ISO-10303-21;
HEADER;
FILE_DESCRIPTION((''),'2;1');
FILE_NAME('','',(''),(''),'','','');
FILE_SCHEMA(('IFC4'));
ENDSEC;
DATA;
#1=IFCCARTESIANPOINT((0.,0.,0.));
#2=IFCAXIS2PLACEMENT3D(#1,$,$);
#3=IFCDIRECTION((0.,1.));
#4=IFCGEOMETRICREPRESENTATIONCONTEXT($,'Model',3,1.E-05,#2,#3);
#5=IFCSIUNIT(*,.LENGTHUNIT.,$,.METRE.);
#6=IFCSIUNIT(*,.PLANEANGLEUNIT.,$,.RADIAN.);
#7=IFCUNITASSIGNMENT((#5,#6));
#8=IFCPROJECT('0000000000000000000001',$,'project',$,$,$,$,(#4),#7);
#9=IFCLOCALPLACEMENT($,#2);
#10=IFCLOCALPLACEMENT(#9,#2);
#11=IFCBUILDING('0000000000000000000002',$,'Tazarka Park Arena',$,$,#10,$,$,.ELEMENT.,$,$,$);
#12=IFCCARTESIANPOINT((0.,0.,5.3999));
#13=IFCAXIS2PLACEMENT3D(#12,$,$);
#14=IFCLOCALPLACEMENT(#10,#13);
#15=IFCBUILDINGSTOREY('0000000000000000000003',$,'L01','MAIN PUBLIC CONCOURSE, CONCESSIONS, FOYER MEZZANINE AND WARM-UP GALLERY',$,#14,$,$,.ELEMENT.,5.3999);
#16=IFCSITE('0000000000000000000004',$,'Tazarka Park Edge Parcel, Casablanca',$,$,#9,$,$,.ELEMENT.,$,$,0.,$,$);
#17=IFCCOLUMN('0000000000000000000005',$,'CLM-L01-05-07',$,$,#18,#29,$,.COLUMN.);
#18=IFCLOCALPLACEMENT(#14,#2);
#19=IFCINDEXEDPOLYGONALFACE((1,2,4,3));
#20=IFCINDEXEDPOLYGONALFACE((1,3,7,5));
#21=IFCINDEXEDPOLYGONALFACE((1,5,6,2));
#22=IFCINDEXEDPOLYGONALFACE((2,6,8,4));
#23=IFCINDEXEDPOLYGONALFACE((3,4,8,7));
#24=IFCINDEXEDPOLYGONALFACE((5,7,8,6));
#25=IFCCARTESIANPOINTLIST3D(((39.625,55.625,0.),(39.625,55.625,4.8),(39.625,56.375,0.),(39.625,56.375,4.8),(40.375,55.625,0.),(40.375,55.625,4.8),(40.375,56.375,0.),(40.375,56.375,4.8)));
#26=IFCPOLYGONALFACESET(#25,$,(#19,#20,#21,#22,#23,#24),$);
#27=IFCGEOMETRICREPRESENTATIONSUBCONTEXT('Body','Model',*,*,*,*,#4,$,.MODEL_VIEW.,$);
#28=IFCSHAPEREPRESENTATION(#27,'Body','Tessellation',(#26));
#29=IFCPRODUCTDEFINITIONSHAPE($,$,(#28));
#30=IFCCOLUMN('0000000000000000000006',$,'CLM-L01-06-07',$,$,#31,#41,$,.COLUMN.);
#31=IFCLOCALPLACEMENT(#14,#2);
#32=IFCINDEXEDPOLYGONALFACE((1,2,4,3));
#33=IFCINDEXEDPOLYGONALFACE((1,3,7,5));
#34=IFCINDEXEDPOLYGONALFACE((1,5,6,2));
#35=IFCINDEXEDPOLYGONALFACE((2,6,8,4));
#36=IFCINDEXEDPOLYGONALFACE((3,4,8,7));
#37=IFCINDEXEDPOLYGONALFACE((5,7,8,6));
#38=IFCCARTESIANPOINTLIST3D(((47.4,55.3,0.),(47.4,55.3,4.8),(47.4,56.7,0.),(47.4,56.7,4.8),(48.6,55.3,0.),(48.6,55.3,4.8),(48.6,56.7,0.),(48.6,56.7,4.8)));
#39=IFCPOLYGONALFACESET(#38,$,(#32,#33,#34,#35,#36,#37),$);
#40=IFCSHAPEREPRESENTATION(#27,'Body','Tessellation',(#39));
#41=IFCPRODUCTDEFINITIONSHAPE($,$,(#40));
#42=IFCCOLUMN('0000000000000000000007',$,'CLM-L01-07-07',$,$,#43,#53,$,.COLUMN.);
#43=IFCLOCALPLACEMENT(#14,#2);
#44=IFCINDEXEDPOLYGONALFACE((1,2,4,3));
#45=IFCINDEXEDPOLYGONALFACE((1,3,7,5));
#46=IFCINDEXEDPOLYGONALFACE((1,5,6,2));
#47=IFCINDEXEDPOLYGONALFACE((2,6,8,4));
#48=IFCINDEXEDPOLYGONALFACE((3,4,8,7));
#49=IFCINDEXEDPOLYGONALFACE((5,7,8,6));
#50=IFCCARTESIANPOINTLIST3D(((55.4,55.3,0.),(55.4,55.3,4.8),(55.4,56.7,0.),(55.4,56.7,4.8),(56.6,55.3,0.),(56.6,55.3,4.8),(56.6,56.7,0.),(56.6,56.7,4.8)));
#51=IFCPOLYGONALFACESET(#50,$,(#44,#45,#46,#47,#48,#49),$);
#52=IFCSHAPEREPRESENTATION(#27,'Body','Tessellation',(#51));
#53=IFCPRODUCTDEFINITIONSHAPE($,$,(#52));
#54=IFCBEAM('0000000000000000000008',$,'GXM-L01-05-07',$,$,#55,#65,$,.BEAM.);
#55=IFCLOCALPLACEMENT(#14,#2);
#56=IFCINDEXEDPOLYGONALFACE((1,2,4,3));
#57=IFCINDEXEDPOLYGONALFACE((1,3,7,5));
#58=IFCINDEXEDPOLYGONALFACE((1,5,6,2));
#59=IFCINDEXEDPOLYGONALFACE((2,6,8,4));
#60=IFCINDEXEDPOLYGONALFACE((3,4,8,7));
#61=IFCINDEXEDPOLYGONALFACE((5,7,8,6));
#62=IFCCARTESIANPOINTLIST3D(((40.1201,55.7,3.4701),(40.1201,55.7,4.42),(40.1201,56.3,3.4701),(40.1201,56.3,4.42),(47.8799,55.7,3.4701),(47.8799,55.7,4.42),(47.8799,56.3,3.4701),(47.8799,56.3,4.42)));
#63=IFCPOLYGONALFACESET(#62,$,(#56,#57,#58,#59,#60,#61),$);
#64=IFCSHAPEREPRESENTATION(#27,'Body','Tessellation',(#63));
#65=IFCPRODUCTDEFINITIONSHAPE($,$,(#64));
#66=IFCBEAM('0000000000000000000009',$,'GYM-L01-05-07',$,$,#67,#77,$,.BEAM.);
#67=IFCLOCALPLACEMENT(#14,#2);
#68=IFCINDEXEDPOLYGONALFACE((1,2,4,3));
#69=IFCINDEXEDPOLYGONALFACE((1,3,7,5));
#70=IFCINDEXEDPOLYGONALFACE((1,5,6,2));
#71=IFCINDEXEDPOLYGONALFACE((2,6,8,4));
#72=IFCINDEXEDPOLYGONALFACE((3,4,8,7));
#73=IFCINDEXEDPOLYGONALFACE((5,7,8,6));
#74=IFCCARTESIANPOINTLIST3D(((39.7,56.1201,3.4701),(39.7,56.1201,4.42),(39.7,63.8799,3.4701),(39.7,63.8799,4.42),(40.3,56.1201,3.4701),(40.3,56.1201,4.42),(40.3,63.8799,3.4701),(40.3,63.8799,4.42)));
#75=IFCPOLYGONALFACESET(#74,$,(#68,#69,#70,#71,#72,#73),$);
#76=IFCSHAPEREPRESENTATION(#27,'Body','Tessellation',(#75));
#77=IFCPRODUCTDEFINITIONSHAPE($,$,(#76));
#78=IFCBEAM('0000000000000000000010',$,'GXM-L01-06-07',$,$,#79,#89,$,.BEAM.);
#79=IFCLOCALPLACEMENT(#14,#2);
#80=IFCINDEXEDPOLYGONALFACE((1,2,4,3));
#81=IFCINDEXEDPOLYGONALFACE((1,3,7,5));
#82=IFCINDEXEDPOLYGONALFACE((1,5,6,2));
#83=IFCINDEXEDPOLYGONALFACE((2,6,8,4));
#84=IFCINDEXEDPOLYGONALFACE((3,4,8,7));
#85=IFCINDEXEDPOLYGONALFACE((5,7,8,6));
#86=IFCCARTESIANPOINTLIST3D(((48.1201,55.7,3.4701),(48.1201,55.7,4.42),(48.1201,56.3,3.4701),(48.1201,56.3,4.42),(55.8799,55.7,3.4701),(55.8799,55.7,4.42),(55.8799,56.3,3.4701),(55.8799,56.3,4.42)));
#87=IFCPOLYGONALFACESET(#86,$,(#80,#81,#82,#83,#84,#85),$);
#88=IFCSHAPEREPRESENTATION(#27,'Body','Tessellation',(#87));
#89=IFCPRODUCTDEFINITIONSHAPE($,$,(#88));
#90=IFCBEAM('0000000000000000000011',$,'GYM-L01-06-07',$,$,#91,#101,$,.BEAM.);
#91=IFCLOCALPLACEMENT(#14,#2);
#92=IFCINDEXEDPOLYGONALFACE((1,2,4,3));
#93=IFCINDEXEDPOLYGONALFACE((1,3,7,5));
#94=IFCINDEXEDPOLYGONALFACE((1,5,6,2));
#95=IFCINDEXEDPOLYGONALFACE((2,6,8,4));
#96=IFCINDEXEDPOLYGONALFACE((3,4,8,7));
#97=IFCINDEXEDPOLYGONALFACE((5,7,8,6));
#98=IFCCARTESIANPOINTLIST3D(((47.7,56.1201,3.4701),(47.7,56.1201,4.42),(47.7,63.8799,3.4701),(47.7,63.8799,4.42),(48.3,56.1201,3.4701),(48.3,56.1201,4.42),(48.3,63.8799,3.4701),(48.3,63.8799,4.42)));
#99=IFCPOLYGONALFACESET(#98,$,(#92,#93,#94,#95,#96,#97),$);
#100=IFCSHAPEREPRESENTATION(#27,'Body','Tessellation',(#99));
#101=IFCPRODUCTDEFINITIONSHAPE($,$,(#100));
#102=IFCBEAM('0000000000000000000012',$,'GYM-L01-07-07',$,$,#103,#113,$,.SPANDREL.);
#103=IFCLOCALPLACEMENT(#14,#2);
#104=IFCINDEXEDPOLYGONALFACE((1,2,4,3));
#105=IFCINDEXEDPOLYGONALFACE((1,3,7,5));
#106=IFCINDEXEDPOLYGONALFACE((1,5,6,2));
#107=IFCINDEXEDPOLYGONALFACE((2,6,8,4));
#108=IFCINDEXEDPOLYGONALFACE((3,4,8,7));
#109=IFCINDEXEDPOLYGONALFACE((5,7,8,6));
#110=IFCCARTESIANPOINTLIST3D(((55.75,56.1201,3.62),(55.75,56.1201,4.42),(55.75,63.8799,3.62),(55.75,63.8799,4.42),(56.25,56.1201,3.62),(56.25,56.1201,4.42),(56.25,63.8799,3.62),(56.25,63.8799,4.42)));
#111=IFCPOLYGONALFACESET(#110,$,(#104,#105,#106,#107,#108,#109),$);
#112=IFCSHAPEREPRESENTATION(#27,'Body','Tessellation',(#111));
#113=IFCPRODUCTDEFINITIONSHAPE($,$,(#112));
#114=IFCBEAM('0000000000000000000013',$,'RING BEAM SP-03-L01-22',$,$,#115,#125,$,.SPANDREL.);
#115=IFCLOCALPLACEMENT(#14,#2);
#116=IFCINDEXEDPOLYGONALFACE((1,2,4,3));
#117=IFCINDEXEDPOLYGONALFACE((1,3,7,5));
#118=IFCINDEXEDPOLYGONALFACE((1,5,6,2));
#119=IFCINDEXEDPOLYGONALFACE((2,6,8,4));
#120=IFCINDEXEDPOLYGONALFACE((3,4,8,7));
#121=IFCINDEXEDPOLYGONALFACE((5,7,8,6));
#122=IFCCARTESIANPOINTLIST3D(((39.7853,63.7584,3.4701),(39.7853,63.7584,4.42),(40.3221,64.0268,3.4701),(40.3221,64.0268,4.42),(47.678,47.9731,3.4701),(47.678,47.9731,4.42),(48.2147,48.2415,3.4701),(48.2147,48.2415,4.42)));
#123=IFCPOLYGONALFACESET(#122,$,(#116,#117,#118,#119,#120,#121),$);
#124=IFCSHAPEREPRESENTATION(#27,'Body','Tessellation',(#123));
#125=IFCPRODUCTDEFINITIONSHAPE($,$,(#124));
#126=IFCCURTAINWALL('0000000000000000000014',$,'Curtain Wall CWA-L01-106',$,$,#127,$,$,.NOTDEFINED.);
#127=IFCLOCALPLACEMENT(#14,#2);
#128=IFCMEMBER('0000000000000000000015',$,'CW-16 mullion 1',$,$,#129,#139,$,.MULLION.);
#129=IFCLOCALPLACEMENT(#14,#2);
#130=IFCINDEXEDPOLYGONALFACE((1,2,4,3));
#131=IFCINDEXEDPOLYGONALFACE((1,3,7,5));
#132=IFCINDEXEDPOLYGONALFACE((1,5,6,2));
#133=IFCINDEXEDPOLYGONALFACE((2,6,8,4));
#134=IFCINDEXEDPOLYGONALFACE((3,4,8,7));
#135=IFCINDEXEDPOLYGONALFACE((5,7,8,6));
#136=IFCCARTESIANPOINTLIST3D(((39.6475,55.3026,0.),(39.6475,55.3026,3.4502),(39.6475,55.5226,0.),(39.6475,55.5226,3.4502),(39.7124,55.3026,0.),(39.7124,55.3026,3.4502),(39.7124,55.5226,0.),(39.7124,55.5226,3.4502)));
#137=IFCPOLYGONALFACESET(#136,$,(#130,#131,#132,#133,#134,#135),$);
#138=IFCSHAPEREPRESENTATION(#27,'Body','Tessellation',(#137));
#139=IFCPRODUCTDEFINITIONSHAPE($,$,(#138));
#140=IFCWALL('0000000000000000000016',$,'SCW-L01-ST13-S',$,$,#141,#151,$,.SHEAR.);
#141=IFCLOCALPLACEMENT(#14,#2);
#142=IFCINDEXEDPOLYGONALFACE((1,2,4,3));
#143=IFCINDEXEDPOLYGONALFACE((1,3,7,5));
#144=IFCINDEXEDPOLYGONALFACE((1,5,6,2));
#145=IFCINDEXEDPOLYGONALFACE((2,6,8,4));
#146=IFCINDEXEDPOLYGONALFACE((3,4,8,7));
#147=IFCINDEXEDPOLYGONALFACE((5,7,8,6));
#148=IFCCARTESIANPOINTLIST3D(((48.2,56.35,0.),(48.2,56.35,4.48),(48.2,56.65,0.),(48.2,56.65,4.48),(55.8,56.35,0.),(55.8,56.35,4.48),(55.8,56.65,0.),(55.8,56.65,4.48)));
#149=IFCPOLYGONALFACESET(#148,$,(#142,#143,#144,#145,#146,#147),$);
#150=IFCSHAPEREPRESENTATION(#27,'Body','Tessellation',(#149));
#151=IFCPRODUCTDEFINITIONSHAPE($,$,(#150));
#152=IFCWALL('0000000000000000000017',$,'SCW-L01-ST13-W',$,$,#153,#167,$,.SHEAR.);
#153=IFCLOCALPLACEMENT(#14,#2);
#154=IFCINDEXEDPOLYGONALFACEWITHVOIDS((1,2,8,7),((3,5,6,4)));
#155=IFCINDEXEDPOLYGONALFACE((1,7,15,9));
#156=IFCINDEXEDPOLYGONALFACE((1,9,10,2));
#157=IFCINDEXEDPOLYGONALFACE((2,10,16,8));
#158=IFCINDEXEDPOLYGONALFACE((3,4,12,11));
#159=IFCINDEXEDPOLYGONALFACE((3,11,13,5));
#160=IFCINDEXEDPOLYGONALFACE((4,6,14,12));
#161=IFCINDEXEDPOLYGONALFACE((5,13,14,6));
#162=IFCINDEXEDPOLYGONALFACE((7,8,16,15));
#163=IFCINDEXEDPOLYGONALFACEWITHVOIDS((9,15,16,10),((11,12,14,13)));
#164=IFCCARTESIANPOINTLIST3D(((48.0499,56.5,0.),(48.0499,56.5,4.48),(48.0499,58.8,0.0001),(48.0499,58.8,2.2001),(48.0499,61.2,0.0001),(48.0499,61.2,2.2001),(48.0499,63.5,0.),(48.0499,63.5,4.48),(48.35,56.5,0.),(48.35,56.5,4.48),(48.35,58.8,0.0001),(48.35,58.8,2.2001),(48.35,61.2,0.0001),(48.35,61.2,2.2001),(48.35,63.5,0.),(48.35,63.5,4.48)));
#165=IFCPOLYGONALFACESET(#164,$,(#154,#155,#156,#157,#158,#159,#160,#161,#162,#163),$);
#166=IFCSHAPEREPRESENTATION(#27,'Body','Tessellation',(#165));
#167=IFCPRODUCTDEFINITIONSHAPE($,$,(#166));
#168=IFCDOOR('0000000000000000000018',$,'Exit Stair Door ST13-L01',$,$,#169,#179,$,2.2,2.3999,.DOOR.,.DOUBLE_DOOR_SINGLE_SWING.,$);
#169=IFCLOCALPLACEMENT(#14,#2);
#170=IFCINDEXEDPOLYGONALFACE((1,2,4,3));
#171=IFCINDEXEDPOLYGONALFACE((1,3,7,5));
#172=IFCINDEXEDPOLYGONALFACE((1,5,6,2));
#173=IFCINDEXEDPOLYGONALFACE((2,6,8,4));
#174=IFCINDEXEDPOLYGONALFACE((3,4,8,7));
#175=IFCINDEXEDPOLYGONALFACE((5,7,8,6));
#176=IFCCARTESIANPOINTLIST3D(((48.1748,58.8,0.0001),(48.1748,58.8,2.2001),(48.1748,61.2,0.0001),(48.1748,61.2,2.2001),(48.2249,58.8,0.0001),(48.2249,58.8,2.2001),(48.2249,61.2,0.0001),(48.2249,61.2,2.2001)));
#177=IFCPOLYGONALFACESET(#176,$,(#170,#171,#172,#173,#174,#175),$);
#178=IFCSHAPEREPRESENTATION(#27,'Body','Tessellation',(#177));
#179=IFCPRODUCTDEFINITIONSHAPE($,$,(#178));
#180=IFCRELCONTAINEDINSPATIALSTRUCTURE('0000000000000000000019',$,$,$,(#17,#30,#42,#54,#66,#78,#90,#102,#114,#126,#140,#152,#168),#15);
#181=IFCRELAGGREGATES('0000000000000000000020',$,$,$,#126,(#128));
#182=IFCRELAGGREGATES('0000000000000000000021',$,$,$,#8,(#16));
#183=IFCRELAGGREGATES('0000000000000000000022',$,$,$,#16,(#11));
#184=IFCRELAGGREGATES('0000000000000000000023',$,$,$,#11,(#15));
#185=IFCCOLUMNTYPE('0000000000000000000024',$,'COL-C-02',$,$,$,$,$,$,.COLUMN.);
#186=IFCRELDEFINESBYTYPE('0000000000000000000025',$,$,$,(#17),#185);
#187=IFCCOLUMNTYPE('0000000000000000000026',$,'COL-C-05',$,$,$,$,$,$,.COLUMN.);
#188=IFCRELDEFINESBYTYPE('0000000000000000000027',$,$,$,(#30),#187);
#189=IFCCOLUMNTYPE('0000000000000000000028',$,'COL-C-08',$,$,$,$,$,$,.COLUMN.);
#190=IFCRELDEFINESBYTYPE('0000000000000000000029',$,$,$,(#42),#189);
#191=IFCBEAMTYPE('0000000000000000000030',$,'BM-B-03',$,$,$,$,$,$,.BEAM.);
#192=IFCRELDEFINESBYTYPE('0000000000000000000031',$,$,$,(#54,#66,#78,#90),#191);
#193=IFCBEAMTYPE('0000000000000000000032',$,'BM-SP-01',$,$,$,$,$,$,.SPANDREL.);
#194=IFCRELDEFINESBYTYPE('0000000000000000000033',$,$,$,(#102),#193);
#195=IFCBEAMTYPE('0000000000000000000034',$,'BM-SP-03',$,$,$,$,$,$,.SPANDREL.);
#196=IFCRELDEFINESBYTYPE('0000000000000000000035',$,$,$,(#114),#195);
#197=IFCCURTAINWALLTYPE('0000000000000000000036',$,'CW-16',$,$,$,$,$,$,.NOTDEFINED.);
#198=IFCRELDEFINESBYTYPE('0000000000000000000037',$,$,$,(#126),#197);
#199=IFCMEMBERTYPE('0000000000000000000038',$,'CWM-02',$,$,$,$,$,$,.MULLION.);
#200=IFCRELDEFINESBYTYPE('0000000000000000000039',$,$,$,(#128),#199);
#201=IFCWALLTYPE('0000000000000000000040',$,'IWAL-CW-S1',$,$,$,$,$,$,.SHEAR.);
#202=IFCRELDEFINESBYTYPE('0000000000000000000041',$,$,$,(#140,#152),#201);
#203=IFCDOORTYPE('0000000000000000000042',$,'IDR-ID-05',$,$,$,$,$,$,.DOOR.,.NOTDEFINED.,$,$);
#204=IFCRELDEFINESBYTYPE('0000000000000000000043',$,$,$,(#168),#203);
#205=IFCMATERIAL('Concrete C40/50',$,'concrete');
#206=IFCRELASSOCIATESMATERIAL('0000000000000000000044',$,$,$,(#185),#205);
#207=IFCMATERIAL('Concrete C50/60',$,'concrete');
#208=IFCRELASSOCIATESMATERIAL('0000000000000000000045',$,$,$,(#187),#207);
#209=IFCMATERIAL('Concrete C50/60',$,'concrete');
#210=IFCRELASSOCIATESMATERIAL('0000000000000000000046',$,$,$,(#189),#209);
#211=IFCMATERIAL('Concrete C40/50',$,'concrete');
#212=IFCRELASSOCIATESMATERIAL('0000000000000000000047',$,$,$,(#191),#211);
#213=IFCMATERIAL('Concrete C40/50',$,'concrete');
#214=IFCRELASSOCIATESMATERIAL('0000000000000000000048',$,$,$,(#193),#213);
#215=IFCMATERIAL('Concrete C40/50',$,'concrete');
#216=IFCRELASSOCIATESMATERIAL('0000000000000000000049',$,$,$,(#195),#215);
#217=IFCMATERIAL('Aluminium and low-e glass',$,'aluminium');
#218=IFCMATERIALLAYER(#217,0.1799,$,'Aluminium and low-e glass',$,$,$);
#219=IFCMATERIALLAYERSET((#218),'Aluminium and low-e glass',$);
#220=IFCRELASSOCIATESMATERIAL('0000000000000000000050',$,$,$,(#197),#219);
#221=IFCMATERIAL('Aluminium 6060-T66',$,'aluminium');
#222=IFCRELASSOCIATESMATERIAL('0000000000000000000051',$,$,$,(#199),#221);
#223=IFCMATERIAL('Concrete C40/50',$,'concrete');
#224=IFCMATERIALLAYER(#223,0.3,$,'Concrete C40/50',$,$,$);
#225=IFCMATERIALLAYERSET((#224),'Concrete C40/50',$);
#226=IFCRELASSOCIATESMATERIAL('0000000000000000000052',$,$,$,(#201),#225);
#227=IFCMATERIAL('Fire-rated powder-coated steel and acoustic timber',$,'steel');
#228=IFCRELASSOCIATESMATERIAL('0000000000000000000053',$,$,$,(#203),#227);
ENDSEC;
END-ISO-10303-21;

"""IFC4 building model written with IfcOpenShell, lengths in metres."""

from ifc_helpers import new_model, si_unit, direction, frame, frame_2d, origin, origin_2d, place, context, subcontext, project, spatial, rectangle, extrude, material, layer, layer_set, material_profile, profile_set, type_object, element, fill, aggregate, save


model = new_model("IFC4")

# Units and contexts
model_context = context("Model", 3, precision=1e-05, world=origin(), true_north=direction((0.0, 1.0)))
body_context = subcontext(model_context, "Body", "Model", "MODEL_VIEW")
ifc_project = project(units=[si_unit("LENGTHUNIT", "METRE"), si_unit("PLANEANGLEUNIT", "RADIAN")], contexts=[model_context])

# Site, building, storey
site_placement = place(None, origin())
site = spatial("IfcSite", under=ifc_project, at=site_placement, Name="Tazarka Park Edge Parcel, Casablanca", CompositionType="ELEMENT", RefElevation=0.0)
building_placement = place(site_placement, origin())
building = spatial("IfcBuilding", under=site, at=building_placement, Name="Tazarka Park Arena", CompositionType="ELEMENT")
storey_placement = place(building_placement, frame((0.0, 0.0, 5.3999)))
storey = spatial("IfcBuildingStorey", under=building, at=storey_placement, Name="L01", Description="MAIN PUBLIC CONCOURSE, CONCESSIONS, FOYER MEZZANINE AND WARM-UP GALLERY", CompositionType="ELEMENT", Elevation=5.3999)

# Columns
ifc_material_1 = material(Name="Concrete C40/50", Category="concrete")
ifc_material_profile_1 = material_profile(ifc_material_1, rectangle(XDim=0.75, YDim=0.75, at=origin_2d()), Name="Concrete C40/50")
ifc_profile_set_1 = profile_set([ifc_material_profile_1], Name="Concrete C40/50")
column_type_1 = type_object("IfcColumnType", Name="COL-C-02", PredefinedType="COLUMN", material=ifc_profile_set_1)
column_1_placement = place(storey_placement, frame((40.0, 56.0, 0.0), z_axis=(0.0, 0.0, 1.0), x_axis=(1.0, 0.0, 0.0)))
element("IfcColumn", 1, at=column_1_placement, inside=storey, type_object=column_type_1, Name="CLM-L01-05-07", PredefinedType="COLUMN", context=body_context, shape_type="SweptSolid", body=[
    extrude(rectangle(XDim=0.75, YDim=0.75, at=origin_2d()), origin(), (0.0, 0.0, 1.0), 4.8),
])
ifc_material_2 = material(Name="Concrete C50/60", Category="concrete")
ifc_material_profile_2 = material_profile(ifc_material_2, rectangle(XDim=1.2, YDim=1.3999, at=origin_2d()), Name="Concrete C50/60")
ifc_profile_set_2 = profile_set([ifc_material_profile_2], Name="Concrete C50/60")
column_type_2 = type_object("IfcColumnType", Name="COL-C-05", PredefinedType="COLUMN", material=ifc_profile_set_2)
column_2_placement = place(storey_placement, frame((48.0, 56.0, 0.0), z_axis=(0.0, 0.0, 1.0), x_axis=(1.0, 0.0, 0.0)))
element("IfcColumn", 2, at=column_2_placement, inside=storey, type_object=column_type_2, Name="CLM-L01-06-07", PredefinedType="COLUMN", context=body_context, shape_type="SweptSolid", body=[
    extrude(rectangle(XDim=1.2, YDim=1.3999, at=origin_2d()), origin(), (0.0, 0.0, 1.0), 4.8),
])
ifc_material_3 = material(Name="Concrete C50/60", Category="concrete")
ifc_material_profile_3 = material_profile(ifc_material_3, rectangle(XDim=1.2, YDim=1.3999, at=origin_2d()), Name="Concrete C50/60")
ifc_profile_set_3 = profile_set([ifc_material_profile_3], Name="Concrete C50/60")
column_type_3 = type_object("IfcColumnType", Name="COL-C-08", PredefinedType="COLUMN", material=ifc_profile_set_3)
column_3_placement = place(storey_placement, frame((56.0, 56.0, 0.0), z_axis=(0.0, 0.0, 1.0), x_axis=(1.0, 0.0, 0.0)))
element("IfcColumn", 3, at=column_3_placement, inside=storey, type_object=column_type_3, Name="CLM-L01-07-07", PredefinedType="COLUMN", context=body_context, shape_type="SweptSolid", body=[
    extrude(rectangle(XDim=1.2, YDim=1.3999, at=origin_2d()), origin(), (0.0, 0.0, 1.0), 4.8),
])

# Beams
ifc_material_4 = material(Name="Concrete C40/50", Category="concrete")
ifc_material_profile_4 = material_profile(ifc_material_4, rectangle(XDim=0.6001, YDim=0.95, at=origin_2d()), Name="Concrete C40/50")
ifc_profile_set_4 = profile_set([ifc_material_profile_4], Name="Concrete C40/50")
beam_type_1 = type_object("IfcBeamType", Name="BM-B-03", PredefinedType="BEAM", material=ifc_profile_set_4)
for number, where, z_axis, x_axis, name in (
    (4, (40.1201, 56.0, 3.9451), (1.0, 0.0, 0.0), (0.0, 1.0, 0.0), "GXM-L01-05-07"),
    (5, (40.0, 56.1201, 3.9451), (0.0, 1.0, 0.0), (-1.0, 0.0, 0.0), "GYM-L01-05-07"),
    (6, (48.1201, 56.0, 3.9451), (1.0, 0.0, 0.0), (0.0, 1.0, 0.0), "GXM-L01-06-07"),
    (7, (48.0, 56.1201, 3.9451), (0.0, 1.0, 0.0), (-1.0, 0.0, 0.0), "GYM-L01-06-07"),
):
    element("IfcBeam", number, at=place(storey_placement, frame(where, z_axis=z_axis, x_axis=x_axis)), inside=storey, type_object=beam_type_1, Name=name, PredefinedType="BEAM", context=body_context, shape_type="SweptSolid", body=[
        extrude(rectangle(XDim=0.6001, YDim=0.95, at=origin_2d()), origin(), (0.0, 0.0, 1.0), 7.7598),
    ])
ifc_material_5 = material(Name="Concrete C40/50", Category="concrete")
ifc_material_profile_5 = material_profile(ifc_material_5, rectangle(XDim=0.5, YDim=0.8, at=origin_2d()), Name="Concrete C40/50")
ifc_profile_set_5 = profile_set([ifc_material_profile_5], Name="Concrete C40/50")
beam_type_2 = type_object("IfcBeamType", Name="BM-SP-01", PredefinedType="SPANDREL", material=ifc_profile_set_5)
beam_1_placement = place(storey_placement, frame((56.0, 56.1201, 4.02), z_axis=(0.0, 1.0, 0.0), x_axis=(-1.0, 0.0, 0.0)))
element("IfcBeam", 8, at=beam_1_placement, inside=storey, type_object=beam_type_2, Name="GYM-L01-07-07", PredefinedType="SPANDREL", context=body_context, shape_type="SweptSolid", body=[
    extrude(rectangle(XDim=0.5, YDim=0.8, at=origin_2d()), origin(), (0.0, 0.0, 1.0), 7.7598),
])
ifc_material_6 = material(Name="Concrete C40/50", Category="concrete")
ifc_material_profile_6 = material_profile(ifc_material_6, rectangle(XDim=0.6001, YDim=0.95, at=origin_2d()), Name="Concrete C40/50")
ifc_profile_set_6 = profile_set([ifc_material_profile_6], Name="Concrete C40/50")
beam_type_3 = type_object("IfcBeamType", Name="BM-SP-03", PredefinedType="SPANDREL", material=ifc_profile_set_6)
beam_2_placement = place(storey_placement, frame((40.0537, 63.8926, 3.9451), z_axis=(0.447214, -0.894427, 0.0), x_axis=(0.894427, 0.447214, 0.0)))
element("IfcBeam", 9, at=beam_2_placement, inside=storey, type_object=beam_type_3, Name="RING BEAM SP-03-L01-22", PredefinedType="SPANDREL", context=body_context, shape_type="SweptSolid", body=[
    extrude(rectangle(XDim=0.6001, YDim=0.95, at=origin_2d()), origin(), (0.0, 0.0, 1.0), 17.6484),
])

# Curtain wall, member
ifc_material_7 = material(Name="Aluminium and low-e glass", Category="aluminium")
ifc_layer_1 = layer(ifc_material_7, 0.1799, Name="Aluminium and low-e glass")
ifc_layer_set_1 = layer_set([ifc_layer_1], Name="Aluminium and low-e glass")
curtain_wall_type = type_object("IfcCurtainWallType", Name="CW-16", PredefinedType="NOTDEFINED", material=ifc_layer_set_1)
curtain_wall_placement = place(storey_placement, origin())
curtain_wall = element("IfcCurtainWall", 10, at=curtain_wall_placement, inside=storey, type_object=curtain_wall_type, Name="Curtain Wall CWA-L01-106", PredefinedType="NOTDEFINED")
ifc_material_8 = material(Name="Aluminium 6060-T66", Category="aluminium")
ifc_material_profile_7 = material_profile(ifc_material_8, rectangle(XDim=0.0649, YDim=0.22, at=origin_2d()), Name="Aluminium 6060-T66")
ifc_profile_set_7 = profile_set([ifc_material_profile_7], Name="Aluminium 6060-T66")
member_type = type_object("IfcMemberType", Name="CWM-02", PredefinedType="MULLION", material=ifc_profile_set_7)
member_placement = place(storey_placement, frame((39.6799, 55.4126, 0.0), z_axis=(0.0, 0.0, 1.0), x_axis=(1.0, 0.0, 0.0)))
member = element("IfcMember", 11, at=member_placement, type_object=member_type, Name="CW-16 mullion 1", PredefinedType="MULLION", context=body_context, shape_type="SweptSolid", body=[
    extrude(rectangle(XDim=0.0649, YDim=0.22, at=origin_2d()), origin(), (0.0, 0.0, 1.0), 3.4502),
])
aggregate(curtain_wall, [member])

# Wall
ifc_material_9 = material(Name="Concrete C40/50", Category="concrete")
ifc_layer_2 = layer(ifc_material_9, 0.3, Name="Concrete C40/50")
ifc_layer_set_2 = layer_set([ifc_layer_2], Name="Concrete C40/50")
wall_type_1 = type_object("IfcWallType", Name="IWAL-CW-S1", PredefinedType="SHEAR", material=ifc_layer_set_2)
wall_1_placement = place(storey_placement, frame((55.8, 56.5, 0.0), z_axis=(0.0, 0.0, 1.0), x_axis=(-1.0, 0.0, 0.0)))
element("IfcWall", 12, at=wall_1_placement, inside=storey, type_object=wall_type_1, Name="SCW-L01-ST13-S", PredefinedType="SHEAR", context=body_context, shape_type="SweptSolid", body=[
    extrude(rectangle(XDim=7.6001, YDim=0.3, at=frame_2d((3.8, 0.0))), origin(), (0.0, 0.0, 1.0), 4.48),
])

# Wall, opening, door
wall_2_placement = place(storey_placement, frame((48.2, 56.5, 0.0), z_axis=(0.0, 0.0, 1.0), x_axis=(0.0, 1.0, 0.0)))
wall_2 = element("IfcWall", 13, at=wall_2_placement, inside=storey, type_object=wall_type_1, Name="SCW-L01-ST13-W", PredefinedType="SHEAR", context=body_context, shape_type="SweptSolid", body=[
    extrude(rectangle(XDim=7.0, YDim=0.3, at=frame_2d((3.5, 0.0))), origin(), (0.0, 0.0, 1.0), 4.48),
])
opening_placement = place(wall_2_placement, frame((2.3, 0.0, 0.0)))
opening = element("IfcOpeningElement", 14, at=opening_placement, cuts=wall_2, PredefinedType="OPENING", context=body_context, shape_type="SweptSolid", body=[
    extrude(rectangle(XDim=2.3999, YDim=2.2, at=frame_2d((1.2, 1.1001))), frame((0.0, 0.1602, 0.0), z_axis=(0.0, -1.0, 0.0), x_axis=(1.0, 0.0, 0.0)), (0.0, 0.0, 1.0), 0.3201),
])
ifc_material_10 = material(Name="Fire-rated powder-coated steel and acoustic timber", Category="steel")
door_type = type_object("IfcDoorType", Name="IDR-ID-05", OperationType="NOTDEFINED", PredefinedType="DOOR", material=ifc_material_10)
door_placement = place(opening_placement, frame((2.3999, 0.0, 0.0), z_axis=(0.0, 0.0, 1.0), x_axis=(-1.0, 0.0, 0.0)))
door = element("IfcDoor", 15, at=door_placement, inside=storey, type_object=door_type, Name="Exit Stair Door ST13-L01", OperationType="DOUBLE_DOOR_SINGLE_SWING", OverallHeight=2.2, OverallWidth=2.3999, PredefinedType="DOOR", context=body_context, shape_type="SweptSolid", body=[
    extrude(rectangle(XDim=2.3999, YDim=2.2, at=frame_2d((1.2, 1.1001))), frame((0.0, 0.0249, 0.0), z_axis=(0.0, -1.0, 0.0), x_axis=(1.0, 0.0, 0.0)), (0.0, 0.0, 1.0), 0.05),
])
fill(opening, door)

save(model, "model.ifc")
